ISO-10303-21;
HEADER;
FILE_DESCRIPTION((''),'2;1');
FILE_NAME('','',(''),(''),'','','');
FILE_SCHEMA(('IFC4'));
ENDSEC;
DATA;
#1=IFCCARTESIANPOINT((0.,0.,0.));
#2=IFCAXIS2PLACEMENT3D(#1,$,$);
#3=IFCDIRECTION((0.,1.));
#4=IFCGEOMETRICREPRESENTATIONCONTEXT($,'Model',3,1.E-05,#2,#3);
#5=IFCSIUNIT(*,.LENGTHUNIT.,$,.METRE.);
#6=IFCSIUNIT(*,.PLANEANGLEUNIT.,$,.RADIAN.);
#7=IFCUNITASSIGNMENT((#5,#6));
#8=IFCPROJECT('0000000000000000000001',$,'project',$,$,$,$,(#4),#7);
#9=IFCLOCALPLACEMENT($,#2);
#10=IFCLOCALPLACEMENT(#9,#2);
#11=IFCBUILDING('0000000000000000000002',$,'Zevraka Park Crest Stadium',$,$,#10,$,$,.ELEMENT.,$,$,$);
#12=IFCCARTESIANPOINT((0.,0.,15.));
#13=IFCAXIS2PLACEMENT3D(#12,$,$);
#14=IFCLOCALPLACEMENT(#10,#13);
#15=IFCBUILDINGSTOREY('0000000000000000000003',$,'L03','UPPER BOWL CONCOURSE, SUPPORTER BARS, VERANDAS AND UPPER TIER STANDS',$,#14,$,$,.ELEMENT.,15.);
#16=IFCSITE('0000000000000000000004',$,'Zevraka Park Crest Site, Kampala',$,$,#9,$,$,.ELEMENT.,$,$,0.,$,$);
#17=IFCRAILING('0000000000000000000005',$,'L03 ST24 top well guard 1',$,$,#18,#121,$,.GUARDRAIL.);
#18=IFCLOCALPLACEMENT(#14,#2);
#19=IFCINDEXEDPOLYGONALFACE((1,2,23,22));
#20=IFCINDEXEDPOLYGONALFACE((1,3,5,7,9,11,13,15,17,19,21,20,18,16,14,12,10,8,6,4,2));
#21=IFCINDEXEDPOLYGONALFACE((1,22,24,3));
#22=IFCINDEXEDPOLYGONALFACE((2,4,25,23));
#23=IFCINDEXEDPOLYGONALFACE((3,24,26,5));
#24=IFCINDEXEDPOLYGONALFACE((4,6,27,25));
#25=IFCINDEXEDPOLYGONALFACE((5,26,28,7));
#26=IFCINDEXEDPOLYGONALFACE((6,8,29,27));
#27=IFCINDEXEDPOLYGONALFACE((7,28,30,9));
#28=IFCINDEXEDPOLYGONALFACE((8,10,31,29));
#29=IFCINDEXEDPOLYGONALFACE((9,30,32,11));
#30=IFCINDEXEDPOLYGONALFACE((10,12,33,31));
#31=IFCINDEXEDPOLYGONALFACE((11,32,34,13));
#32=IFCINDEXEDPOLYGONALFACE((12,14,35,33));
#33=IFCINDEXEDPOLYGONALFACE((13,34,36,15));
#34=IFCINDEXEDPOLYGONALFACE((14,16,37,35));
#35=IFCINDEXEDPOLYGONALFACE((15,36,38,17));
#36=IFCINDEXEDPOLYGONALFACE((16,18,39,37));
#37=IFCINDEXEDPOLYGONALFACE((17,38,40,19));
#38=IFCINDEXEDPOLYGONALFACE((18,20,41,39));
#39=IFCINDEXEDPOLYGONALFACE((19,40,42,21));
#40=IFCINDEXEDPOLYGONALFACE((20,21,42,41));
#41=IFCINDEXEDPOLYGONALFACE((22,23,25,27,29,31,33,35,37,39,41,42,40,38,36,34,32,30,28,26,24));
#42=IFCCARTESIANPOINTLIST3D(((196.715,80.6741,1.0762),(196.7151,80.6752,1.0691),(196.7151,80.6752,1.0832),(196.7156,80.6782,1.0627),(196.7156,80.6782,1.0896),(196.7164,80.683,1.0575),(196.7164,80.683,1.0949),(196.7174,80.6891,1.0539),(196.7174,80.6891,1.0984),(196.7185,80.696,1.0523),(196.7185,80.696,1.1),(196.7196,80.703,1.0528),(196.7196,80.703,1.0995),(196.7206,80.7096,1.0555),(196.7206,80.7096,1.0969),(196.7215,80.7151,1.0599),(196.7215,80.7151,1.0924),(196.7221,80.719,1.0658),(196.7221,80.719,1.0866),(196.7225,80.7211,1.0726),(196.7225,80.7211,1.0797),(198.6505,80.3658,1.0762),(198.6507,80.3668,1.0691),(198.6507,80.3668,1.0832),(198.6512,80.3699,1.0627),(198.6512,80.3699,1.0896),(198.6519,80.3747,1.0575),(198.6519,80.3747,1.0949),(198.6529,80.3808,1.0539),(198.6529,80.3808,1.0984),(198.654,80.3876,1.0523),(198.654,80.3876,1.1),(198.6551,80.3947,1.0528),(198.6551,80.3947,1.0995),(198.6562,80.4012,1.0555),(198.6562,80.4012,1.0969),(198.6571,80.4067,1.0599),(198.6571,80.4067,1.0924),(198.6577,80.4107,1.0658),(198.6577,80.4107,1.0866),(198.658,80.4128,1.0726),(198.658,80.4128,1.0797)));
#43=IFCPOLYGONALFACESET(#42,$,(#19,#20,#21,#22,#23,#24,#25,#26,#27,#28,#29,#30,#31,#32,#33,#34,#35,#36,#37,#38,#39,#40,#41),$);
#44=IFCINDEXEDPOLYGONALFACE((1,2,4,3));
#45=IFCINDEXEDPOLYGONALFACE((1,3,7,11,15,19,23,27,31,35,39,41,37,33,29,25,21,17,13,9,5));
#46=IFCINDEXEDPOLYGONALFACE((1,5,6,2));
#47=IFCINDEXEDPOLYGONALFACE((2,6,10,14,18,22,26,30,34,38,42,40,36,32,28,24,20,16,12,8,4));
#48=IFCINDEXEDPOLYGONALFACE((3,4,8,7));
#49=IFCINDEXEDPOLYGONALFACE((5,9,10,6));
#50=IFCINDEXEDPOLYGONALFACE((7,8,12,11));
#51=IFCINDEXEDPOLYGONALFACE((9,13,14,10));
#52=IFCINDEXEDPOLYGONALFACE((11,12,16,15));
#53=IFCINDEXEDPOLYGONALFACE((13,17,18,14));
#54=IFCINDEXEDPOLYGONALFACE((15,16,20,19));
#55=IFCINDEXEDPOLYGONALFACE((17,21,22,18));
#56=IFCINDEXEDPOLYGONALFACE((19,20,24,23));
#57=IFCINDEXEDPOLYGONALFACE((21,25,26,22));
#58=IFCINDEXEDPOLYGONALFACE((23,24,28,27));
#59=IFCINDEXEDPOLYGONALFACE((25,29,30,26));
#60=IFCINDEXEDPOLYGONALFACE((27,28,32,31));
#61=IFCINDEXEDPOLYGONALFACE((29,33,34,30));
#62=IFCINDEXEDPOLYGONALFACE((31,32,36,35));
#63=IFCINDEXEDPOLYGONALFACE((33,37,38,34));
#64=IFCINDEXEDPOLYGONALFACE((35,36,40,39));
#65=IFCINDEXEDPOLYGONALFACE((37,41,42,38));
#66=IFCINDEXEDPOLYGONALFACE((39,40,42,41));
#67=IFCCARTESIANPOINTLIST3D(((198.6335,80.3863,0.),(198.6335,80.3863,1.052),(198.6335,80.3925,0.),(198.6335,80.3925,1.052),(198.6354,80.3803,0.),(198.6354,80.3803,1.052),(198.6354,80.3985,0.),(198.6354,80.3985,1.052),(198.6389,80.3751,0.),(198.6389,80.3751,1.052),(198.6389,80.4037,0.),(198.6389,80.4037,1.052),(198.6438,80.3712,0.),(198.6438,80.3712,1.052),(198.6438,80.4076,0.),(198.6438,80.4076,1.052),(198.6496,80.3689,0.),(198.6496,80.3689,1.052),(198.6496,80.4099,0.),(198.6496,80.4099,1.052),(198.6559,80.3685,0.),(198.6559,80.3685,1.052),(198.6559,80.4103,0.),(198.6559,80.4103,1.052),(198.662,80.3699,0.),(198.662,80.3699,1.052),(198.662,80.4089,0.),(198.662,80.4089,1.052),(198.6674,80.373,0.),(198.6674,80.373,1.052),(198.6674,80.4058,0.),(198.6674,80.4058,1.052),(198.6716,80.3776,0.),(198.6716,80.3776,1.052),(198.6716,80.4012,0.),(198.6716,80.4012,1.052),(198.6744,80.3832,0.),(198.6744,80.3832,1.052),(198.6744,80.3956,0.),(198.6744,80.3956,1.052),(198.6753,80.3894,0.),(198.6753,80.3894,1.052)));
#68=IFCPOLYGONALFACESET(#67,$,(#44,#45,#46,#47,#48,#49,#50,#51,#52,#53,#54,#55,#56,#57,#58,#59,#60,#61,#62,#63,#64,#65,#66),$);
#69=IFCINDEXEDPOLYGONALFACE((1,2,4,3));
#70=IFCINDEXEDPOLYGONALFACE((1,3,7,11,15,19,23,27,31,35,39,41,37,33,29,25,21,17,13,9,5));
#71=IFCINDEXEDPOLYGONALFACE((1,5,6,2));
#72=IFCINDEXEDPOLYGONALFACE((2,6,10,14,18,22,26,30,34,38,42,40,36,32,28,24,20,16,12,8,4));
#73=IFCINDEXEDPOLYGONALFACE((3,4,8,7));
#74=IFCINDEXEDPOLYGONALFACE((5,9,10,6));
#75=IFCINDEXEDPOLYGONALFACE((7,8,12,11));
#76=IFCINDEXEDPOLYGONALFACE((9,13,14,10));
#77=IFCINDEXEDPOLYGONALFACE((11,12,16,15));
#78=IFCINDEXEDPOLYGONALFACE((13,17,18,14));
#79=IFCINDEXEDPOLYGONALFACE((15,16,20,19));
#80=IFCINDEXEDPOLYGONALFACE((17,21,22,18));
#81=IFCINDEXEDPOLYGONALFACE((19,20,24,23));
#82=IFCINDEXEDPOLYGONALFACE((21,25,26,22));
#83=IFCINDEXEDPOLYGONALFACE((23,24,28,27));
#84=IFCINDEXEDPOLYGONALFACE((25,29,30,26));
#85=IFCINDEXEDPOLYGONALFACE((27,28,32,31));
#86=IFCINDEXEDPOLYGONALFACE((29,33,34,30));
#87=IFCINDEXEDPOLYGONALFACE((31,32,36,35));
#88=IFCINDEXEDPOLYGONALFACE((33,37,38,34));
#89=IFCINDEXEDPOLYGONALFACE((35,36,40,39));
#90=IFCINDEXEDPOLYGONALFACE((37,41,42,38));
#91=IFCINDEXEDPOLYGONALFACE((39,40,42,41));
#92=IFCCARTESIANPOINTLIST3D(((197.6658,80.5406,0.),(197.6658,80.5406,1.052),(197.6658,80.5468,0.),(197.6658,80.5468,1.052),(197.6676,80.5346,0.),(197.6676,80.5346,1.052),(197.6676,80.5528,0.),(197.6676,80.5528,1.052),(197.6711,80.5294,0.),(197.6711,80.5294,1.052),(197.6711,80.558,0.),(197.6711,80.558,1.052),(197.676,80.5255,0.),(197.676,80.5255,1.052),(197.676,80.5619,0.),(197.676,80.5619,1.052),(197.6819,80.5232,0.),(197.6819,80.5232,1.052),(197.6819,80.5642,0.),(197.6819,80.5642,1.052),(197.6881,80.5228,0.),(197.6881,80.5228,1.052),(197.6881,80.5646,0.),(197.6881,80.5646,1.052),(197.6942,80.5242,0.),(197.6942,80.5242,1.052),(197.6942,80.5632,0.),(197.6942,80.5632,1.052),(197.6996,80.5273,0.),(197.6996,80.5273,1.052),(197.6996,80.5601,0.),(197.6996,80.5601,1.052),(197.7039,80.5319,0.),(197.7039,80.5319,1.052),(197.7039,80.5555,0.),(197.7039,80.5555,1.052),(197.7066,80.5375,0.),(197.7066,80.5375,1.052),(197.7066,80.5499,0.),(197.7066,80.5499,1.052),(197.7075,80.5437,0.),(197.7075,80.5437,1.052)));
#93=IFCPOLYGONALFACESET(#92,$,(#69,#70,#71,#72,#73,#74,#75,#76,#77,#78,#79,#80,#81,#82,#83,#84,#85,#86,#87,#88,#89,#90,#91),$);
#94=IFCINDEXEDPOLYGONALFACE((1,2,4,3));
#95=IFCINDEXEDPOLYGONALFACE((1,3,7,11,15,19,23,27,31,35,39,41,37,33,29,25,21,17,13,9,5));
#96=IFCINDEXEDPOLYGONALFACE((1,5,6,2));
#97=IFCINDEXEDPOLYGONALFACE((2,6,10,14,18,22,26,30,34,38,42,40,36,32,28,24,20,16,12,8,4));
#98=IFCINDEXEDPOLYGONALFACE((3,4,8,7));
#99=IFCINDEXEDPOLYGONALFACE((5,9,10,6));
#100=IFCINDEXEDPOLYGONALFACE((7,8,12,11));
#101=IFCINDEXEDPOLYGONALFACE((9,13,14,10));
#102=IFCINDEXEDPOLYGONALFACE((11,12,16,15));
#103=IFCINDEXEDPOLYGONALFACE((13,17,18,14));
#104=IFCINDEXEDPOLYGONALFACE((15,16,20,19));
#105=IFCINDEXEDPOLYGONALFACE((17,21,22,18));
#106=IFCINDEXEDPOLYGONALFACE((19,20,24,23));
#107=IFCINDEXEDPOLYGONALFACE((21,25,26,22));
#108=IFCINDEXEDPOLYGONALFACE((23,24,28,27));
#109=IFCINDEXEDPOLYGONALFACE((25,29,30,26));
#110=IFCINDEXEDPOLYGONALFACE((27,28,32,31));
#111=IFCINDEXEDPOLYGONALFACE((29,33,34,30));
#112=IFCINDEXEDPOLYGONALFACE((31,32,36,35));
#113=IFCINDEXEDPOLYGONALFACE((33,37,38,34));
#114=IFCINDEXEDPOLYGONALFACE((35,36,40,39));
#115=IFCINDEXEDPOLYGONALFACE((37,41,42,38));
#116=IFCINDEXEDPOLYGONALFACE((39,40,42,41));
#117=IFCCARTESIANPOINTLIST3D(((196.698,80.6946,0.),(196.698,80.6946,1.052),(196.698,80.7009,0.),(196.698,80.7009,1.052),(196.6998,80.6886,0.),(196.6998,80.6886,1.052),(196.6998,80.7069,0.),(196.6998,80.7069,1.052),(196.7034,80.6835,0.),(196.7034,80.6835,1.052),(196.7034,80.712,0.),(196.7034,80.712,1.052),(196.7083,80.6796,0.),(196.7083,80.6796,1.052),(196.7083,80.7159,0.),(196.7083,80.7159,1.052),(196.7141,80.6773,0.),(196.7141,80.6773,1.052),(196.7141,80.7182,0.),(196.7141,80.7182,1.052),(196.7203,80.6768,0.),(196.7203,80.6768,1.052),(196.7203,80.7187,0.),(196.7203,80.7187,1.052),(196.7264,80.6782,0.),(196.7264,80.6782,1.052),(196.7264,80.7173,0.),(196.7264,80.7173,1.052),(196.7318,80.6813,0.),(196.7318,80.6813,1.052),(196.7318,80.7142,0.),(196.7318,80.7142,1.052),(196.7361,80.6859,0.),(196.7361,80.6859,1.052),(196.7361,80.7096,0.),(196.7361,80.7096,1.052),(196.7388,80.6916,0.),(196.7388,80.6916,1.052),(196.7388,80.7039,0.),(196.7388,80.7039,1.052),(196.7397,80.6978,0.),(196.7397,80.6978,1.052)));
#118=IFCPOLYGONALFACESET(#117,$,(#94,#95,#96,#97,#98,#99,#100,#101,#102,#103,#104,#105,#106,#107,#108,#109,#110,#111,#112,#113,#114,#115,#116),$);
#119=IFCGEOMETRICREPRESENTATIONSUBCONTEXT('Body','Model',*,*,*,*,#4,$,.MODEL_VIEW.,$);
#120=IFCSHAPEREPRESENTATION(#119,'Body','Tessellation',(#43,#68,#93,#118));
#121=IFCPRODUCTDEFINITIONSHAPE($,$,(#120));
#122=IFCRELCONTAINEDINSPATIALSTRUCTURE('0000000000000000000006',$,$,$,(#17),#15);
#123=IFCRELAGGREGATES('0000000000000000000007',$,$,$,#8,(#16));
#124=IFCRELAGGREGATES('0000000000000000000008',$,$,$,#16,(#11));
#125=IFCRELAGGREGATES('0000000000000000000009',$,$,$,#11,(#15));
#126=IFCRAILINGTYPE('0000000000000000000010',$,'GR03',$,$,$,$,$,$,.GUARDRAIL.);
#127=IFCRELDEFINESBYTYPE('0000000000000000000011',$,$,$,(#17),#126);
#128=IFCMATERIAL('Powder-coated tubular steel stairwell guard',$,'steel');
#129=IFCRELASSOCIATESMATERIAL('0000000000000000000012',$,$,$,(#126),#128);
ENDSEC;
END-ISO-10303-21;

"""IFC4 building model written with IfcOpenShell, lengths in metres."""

from ifc_helpers import new_model, si_unit, direction, frame, origin, origin_2d, place, context, subcontext, project, spatial, circle, extrude, material, type_object, element, save


model = new_model("IFC4")

# Units and contexts
model_context = context("Model", 3, precision=1e-05, world=origin(), true_north=direction((0.0, 1.0)))
body_context = subcontext(model_context, "Body", "Model", "MODEL_VIEW")
ifc_project = project(units=[si_unit("LENGTHUNIT", "METRE"), si_unit("PLANEANGLEUNIT", "RADIAN")], contexts=[model_context])

# Site, building, storey
site_placement = place(None, origin())
site = spatial("IfcSite", under=ifc_project, at=site_placement, Name="Zevraka Park Crest Site, Kampala", CompositionType="ELEMENT", RefElevation=0.0)
building_placement = place(site_placement, origin())
building = spatial("IfcBuilding", under=site, at=building_placement, Name="Zevraka Park Crest Stadium", CompositionType="ELEMENT")
storey_placement = place(building_placement, frame((0.0, 0.0, 15.0)))
storey = spatial("IfcBuildingStorey", under=building, at=storey_placement, Name="L03", Description="UPPER BOWL CONCOURSE, SUPPORTER BARS, VERANDAS AND UPPER TIER STANDS", CompositionType="ELEMENT", Elevation=15.0)

# Railing
ifc_material_1 = material(Name="Powder-coated tubular steel stairwell guard", Category="steel")
railing_type_1 = type_object("IfcRailingType", Name="GR03", PredefinedType="GUARDRAIL", material=ifc_material_1)
railing_1_placement = place(storey_placement, frame((198.6543, 80.3894, 0.0)))
element("IfcRailing", 1, at=railing_1_placement, inside=storey, type_object=railing_type_1, Name="L03 ST24 top well guard 1", PredefinedType="GUARDRAIL", context=body_context, shape_type="SweptSolid", body=[
    extrude(circle(Radius=0.0239, at=origin_2d()), frame((0.0, 0.0, 1.0762), z_axis=(-0.987547, 0.157325, 0.0), x_axis=(-0.157325, -0.987547, 0.0)), (0.0, 0.0, 1.0), 1.96),
    extrude(circle(Radius=0.021, at=origin_2d()), origin(), (0.0, 0.0, 1.0), 1.052),
    extrude(circle(Radius=0.021, at=origin_2d()), frame((-0.9678, 0.1543, 0.0)), (0.0, 0.0, 1.0), 1.052),
    extrude(circle(Radius=0.021, at=origin_2d()), frame((-1.9355, 0.3083, 0.0)), (0.0, 0.0, 1.0), 1.052),
])

save(model, "model.ifc")
